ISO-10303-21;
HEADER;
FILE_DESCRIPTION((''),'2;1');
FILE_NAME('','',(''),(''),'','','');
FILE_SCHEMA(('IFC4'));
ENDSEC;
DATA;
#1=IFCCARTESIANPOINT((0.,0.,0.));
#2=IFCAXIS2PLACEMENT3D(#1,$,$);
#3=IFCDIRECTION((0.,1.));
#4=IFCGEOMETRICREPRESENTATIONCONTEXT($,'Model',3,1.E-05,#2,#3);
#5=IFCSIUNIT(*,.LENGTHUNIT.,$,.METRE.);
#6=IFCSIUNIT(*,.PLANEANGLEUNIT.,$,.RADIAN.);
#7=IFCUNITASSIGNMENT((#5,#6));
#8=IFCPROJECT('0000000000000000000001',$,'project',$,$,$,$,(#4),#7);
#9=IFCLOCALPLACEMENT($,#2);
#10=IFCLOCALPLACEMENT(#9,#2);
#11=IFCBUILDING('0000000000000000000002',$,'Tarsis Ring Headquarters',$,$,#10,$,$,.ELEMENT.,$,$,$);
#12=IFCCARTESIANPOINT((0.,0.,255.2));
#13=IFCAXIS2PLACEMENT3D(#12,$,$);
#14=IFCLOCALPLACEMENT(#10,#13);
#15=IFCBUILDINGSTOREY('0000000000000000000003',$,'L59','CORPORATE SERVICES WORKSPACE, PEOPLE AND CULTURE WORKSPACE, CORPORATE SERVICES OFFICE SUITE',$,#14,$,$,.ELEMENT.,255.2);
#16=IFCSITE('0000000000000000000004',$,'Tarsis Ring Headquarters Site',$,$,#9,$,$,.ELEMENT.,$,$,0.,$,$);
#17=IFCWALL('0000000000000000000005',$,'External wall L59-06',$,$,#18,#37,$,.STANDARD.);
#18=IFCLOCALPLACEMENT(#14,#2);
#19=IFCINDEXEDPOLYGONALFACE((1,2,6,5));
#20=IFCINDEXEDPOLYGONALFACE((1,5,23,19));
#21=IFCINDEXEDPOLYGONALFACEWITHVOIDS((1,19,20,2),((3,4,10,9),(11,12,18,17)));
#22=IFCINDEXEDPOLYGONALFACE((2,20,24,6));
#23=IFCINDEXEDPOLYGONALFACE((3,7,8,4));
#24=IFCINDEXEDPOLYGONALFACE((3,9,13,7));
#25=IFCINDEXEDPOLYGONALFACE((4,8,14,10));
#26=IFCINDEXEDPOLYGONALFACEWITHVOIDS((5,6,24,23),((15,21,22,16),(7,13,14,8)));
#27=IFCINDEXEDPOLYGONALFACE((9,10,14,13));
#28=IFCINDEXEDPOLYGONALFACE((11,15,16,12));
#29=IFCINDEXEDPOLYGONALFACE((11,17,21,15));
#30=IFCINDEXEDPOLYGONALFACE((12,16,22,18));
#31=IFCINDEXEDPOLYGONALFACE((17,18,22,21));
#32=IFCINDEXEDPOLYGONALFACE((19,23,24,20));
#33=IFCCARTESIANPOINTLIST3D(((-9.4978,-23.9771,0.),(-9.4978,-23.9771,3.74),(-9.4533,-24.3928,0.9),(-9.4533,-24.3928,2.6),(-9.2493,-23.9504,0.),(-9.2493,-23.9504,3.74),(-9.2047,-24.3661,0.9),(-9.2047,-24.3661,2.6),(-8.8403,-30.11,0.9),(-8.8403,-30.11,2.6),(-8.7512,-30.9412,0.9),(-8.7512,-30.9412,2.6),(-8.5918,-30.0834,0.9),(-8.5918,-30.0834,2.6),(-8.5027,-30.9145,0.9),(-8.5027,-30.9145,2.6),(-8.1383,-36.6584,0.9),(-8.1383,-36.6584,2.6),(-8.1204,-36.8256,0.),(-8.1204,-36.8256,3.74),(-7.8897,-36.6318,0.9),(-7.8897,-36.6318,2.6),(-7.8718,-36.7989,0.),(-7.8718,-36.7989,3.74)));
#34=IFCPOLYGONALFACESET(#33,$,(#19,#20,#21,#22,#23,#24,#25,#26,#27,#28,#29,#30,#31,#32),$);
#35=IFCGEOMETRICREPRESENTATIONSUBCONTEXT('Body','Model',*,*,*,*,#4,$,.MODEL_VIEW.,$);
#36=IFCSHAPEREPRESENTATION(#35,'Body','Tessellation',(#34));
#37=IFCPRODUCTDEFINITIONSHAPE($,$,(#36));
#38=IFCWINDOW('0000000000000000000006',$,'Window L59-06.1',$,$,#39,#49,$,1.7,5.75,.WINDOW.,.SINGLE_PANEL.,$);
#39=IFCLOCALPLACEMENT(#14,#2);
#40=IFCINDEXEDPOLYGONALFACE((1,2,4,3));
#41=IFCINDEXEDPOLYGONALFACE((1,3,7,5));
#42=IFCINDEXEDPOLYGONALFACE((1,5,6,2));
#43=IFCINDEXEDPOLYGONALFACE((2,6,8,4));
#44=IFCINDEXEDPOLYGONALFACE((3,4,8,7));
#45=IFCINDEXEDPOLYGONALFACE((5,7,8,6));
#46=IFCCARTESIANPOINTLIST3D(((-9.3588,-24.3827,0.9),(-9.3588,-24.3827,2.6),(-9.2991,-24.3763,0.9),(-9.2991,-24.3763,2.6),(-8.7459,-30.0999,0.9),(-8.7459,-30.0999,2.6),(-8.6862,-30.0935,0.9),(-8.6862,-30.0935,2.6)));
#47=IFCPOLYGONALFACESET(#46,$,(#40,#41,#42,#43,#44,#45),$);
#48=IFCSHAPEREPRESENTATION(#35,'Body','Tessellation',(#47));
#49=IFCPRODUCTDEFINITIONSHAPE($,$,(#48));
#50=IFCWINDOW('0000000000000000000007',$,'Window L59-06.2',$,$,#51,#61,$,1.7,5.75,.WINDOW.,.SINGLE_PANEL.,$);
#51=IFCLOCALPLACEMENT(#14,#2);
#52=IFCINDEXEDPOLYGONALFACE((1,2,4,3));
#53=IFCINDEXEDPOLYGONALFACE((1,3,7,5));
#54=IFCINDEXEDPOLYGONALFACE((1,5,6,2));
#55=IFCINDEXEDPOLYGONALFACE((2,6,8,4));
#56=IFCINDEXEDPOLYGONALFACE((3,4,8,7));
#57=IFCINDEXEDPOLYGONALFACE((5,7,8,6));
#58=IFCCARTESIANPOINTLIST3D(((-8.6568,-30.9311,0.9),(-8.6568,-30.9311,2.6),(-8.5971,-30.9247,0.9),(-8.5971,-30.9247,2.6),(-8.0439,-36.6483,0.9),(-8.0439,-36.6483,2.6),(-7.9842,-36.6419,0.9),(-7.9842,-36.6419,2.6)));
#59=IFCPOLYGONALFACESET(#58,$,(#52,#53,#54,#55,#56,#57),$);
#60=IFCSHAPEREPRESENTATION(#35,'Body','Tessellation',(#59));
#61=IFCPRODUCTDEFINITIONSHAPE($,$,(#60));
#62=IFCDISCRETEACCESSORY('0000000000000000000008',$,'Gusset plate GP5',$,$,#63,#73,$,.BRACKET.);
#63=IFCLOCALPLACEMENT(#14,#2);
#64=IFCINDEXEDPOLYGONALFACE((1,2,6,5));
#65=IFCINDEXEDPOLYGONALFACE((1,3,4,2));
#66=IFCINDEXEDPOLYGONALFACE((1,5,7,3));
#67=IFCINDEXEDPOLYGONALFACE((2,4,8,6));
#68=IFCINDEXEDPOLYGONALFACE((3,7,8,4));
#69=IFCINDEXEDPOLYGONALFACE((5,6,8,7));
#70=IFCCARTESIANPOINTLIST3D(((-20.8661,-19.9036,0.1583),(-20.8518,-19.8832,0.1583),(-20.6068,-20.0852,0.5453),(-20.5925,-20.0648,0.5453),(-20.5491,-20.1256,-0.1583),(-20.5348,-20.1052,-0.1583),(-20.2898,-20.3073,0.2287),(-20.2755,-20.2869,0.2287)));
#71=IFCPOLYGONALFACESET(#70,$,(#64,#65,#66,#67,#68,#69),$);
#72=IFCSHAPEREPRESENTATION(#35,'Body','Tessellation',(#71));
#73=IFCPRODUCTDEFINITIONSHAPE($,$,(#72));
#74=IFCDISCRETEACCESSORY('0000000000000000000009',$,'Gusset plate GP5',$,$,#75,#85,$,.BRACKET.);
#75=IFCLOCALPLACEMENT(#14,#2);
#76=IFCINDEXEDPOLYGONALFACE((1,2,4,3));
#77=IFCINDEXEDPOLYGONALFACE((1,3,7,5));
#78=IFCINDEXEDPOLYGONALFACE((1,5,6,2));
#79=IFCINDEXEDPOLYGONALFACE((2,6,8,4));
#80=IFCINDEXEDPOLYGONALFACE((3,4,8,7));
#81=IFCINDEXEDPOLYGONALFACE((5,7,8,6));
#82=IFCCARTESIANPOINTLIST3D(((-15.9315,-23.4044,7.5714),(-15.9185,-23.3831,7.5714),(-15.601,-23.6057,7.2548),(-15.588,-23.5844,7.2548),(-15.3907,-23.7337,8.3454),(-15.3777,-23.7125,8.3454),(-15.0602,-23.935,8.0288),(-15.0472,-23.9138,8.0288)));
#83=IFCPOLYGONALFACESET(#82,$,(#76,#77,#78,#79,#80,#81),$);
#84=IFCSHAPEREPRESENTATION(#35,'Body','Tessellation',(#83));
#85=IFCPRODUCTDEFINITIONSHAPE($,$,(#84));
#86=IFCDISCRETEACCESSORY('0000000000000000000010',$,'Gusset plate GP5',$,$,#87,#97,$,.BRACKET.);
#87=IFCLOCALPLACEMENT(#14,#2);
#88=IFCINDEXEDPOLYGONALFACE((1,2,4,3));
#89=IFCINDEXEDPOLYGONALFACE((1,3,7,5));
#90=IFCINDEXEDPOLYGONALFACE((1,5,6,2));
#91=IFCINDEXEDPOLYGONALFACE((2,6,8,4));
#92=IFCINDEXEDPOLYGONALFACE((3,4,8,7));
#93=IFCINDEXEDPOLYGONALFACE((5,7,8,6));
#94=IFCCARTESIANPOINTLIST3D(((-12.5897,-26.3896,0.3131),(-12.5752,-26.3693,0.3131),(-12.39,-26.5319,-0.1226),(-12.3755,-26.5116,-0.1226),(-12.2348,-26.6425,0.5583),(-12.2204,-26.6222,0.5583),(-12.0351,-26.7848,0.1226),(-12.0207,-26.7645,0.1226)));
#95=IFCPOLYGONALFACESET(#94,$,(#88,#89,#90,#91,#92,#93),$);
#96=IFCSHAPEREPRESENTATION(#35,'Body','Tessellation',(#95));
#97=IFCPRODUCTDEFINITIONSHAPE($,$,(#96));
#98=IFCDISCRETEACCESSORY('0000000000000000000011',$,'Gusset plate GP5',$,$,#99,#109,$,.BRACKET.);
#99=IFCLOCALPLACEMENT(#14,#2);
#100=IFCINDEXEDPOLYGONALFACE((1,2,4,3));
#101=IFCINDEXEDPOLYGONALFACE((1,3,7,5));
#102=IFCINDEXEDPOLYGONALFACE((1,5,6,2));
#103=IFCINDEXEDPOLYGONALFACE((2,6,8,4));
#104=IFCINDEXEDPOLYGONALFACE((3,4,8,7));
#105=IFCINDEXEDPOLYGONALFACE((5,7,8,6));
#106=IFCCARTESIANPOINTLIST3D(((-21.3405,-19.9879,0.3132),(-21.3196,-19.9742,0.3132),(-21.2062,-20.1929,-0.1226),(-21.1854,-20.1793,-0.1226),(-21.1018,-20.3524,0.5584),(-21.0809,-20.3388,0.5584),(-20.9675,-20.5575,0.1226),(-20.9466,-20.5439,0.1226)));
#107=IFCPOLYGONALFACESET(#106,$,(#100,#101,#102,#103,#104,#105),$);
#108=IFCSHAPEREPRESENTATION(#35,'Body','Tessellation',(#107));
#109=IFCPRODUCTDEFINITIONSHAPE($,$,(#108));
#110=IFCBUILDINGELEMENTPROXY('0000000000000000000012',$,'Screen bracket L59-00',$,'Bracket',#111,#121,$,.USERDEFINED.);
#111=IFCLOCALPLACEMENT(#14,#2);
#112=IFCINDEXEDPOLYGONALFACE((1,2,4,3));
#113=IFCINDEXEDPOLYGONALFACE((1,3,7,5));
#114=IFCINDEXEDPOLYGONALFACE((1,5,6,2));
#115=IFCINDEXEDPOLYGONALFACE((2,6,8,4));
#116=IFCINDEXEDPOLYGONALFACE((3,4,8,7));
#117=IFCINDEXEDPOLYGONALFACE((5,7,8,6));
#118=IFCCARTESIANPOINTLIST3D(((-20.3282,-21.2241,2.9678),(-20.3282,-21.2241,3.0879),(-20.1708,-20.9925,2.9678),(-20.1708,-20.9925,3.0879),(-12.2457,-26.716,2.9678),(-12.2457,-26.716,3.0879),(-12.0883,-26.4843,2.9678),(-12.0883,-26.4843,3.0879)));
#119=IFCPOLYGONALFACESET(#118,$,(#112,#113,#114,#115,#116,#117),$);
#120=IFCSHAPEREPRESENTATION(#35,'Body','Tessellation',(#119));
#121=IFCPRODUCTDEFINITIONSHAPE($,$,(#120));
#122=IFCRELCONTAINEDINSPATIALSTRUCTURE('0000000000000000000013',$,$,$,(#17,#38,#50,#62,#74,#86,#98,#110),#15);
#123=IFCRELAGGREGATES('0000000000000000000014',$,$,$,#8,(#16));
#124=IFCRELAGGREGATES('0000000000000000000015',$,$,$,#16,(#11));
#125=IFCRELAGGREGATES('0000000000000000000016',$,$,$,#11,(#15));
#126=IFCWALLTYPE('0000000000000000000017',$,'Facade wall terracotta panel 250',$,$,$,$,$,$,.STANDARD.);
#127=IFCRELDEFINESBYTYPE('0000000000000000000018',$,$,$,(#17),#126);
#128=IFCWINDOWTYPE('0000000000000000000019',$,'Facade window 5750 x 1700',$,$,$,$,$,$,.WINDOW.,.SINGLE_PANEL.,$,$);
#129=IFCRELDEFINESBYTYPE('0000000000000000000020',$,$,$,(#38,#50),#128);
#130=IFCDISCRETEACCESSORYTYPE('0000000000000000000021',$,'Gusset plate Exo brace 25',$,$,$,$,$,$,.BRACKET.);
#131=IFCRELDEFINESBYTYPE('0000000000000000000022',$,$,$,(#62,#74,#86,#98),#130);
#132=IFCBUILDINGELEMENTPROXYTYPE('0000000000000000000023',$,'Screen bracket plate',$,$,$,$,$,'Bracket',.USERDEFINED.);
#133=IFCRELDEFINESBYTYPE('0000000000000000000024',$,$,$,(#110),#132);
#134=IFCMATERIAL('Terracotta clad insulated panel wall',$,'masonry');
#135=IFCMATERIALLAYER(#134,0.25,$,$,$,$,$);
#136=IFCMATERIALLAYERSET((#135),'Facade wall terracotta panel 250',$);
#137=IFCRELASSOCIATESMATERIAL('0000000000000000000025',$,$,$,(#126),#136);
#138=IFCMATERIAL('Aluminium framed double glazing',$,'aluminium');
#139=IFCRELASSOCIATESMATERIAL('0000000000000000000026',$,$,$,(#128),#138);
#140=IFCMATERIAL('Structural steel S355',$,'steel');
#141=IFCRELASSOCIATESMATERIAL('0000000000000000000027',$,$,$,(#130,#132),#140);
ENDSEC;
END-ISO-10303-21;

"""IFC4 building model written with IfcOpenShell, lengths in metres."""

from ifc_helpers import new_model, si_unit, direction, frame, frame_2d, origin, origin_2d, place, context, subcontext, project, spatial, rectangle, extrude, material, layer, layer_set, material_profile, profile_set, type_object, element, fill, save


model = new_model("IFC4")

# Units and contexts
model_context = context("Model", 3, precision=1e-05, world=origin(), true_north=direction((0.0, 1.0)))
body_context = subcontext(model_context, "Body", "Model", "MODEL_VIEW")
ifc_project = project(units=[si_unit("LENGTHUNIT", "METRE"), si_unit("PLANEANGLEUNIT", "RADIAN")], contexts=[model_context])

# Site, building, storey
site_placement = place(None, origin())
site = spatial("IfcSite", under=ifc_project, at=site_placement, Name="Tarsis Ring Headquarters Site", CompositionType="ELEMENT", RefElevation=0.0)
building_placement = place(site_placement, origin())
building = spatial("IfcBuilding", under=site, at=building_placement, Name="Tarsis Ring Headquarters", CompositionType="ELEMENT")
storey_placement = place(building_placement, frame((0.0, 0.0, 255.2)))
storey = spatial("IfcBuildingStorey", under=building, at=storey_placement, Name="L59", Description="CORPORATE SERVICES WORKSPACE, PEOPLE AND CULTURE WORKSPACE, CORPORATE SERVICES OFFICE SUITE", CompositionType="ELEMENT", Elevation=255.2)

# Shared definitions
ifc_material_1 = material(Name="Structural steel S355", Category="steel")

# Shared definitions
ifc_material_2 = material(Name="Terracotta clad insulated panel wall", Category="masonry")
ifc_layer_1 = layer(ifc_material_2, 0.25)
ifc_layer_set_1 = layer_set([ifc_layer_1], Name="Facade wall terracotta panel 250")
wall_type_1 = type_object("IfcWallType", Name="Facade wall terracotta panel 250", PredefinedType="STANDARD", material=ifc_layer_set_1)
ifc_material_3 = material(Name="Aluminium framed double glazing", Category="aluminium")

# Wall, openings, windows
wall_1_placement = place(storey_placement, frame((-9.3735, -23.9639, 0.0), z_axis=(0.0, 0.0, 1.0), x_axis=(0.106596, -0.994302, 0.0)))
wall_1 = element("IfcWall", 1, at=wall_1_placement, inside=storey, type_object=wall_type_1, Name="External wall L59-06", PredefinedType="STANDARD", context=body_context, shape_type="SweptSolid", body=[
    extrude(rectangle(XDim=12.9221, YDim=0.25, at=frame_2d((6.4609, 0.0))), origin(), (0.0, 0.0, 1.0), 3.74),
])
opening_1_placement = place(wall_1_placement, frame((0.418, 0.0, 0.8999)))
opening_1 = element("IfcOpeningElement", 2, at=opening_1_placement, cuts=wall_1, PredefinedType="OPENING", context=body_context, shape_type="SweptSolid", body=[
    extrude(rectangle(XDim=5.75, YDim=1.7, at=frame_2d((2.875, 0.8501))), frame((0.0, 0.135, 0.0), z_axis=(0.0, -1.0, 0.0), x_axis=(1.0, 0.0, 0.0)), (0.0, 0.0, 1.0), 0.27),
])
opening_2_placement = place(wall_1_placement, frame((7.0039, 0.0, 0.8999)))
opening_2 = element("IfcOpeningElement", 3, at=opening_2_placement, cuts=wall_1, PredefinedType="OPENING", context=body_context, shape_type="SweptSolid", body=[
    extrude(rectangle(XDim=5.75, YDim=1.7, at=frame_2d((2.875, 0.8501))), frame((0.0, 0.135, 0.0), z_axis=(0.0, -1.0, 0.0), x_axis=(1.0, 0.0, 0.0)), (0.0, 0.0, 1.0), 0.27),
])
window_type_1 = type_object("IfcWindowType", Name="Facade window 5750 x 1700", PartitioningType="SINGLE_PANEL", PredefinedType="WINDOW", material=ifc_material_3)
window_1_placement = place(opening_1_placement, origin())
window_1 = element("IfcWindow", 4, at=window_1_placement, inside=storey, type_object=window_type_1, Name="Window L59-06.1", OverallHeight=1.7, OverallWidth=5.75, PartitioningType="SINGLE_PANEL", PredefinedType="WINDOW", context=body_context, shape_type="SweptSolid", body=[
    extrude(rectangle(XDim=5.75, YDim=1.7, at=frame_2d((2.875, 0.8501))), frame((0.0, 0.03, 0.0), z_axis=(0.0, -1.0, 0.0), x_axis=(1.0, 0.0, 0.0)), (0.0, 0.0, 1.0), 0.0601),
])
fill(opening_1, window_1)
window_2_placement = place(opening_2_placement, origin())
window_2 = element("IfcWindow", 5, at=window_2_placement, inside=storey, type_object=window_type_1, Name="Window L59-06.2", OverallHeight=1.7, OverallWidth=5.75, PartitioningType="SINGLE_PANEL", PredefinedType="WINDOW", context=body_context, shape_type="SweptSolid", body=[
    extrude(rectangle(XDim=5.75, YDim=1.7, at=frame_2d((2.875, 0.8501))), frame((0.0, 0.03, 0.0), z_axis=(0.0, -1.0, 0.0), x_axis=(1.0, 0.0, 0.0)), (0.0, 0.0, 1.0), 0.0601),
])
fill(opening_2, window_2)

# Discrete accessories
ifc_material_profile_1 = material_profile(ifc_material_1, rectangle(XDim=0.0249, YDim=0.5, at=origin_2d()), Name="PL 25x500")
ifc_profile_set_1 = profile_set([ifc_material_profile_1], Name="Structural steel S355")
discrete_accessory_type = type_object("IfcDiscreteAccessoryType", Name="Gusset plate Exo brace 25", PredefinedType="BRACKET", material=ifc_profile_set_1)
discrete_accessory_1_placement = place(storey_placement, frame((-20.7004, -20.0044, 0.0), z_axis=(0.518598, -0.363312, 0.77399), x_axis=(0.573773, 0.819014, 0.0)))
element("IfcDiscreteAccessory", 6, at=discrete_accessory_1_placement, inside=storey, type_object=discrete_accessory_type, Name="Gusset plate GP5", PredefinedType="BRACKET", context=body_context, shape_type="SweptSolid", body=[
    extrude(rectangle(XDim=0.0249, YDim=0.5, at=origin_2d()), origin(), (0.0, 0.0, 1.0), 0.5),
])
discrete_accessory_2_placement = place(storey_placement, frame((-15.7598, -23.4944, 7.4131), z_axis=(0.540808, -0.329368, 0.773979), x_axis=(0.520155, 0.854072, 0.0)))
element("IfcDiscreteAccessory", 7, at=discrete_accessory_2_placement, inside=storey, type_object=discrete_accessory_type, Name="Gusset plate GP5", PredefinedType="BRACKET", context=body_context, shape_type="SweptSolid", body=[
    extrude(rectangle(XDim=0.0249, YDim=0.5, at=origin_2d()), origin(), (0.0, 0.0, 1.0), 1.0),
])
for number, where, z_axis, x_axis, name in (
    (8, (-12.2053, -26.6482, 0.0), (-0.39937, 0.284636, 0.871485), (-0.58039, -0.814338, 0.0), "Gusset plate GP5"),
    (9, (-21.0764, -20.3684, 0.0), (-0.268554, 0.410155, 0.87158), (-0.836619, -0.547786, 0.0), "Gusset plate GP5"),
):
    element("IfcDiscreteAccessory", number, at=place(storey_placement, frame(where, z_axis=z_axis, x_axis=x_axis)), inside=storey, type_object=discrete_accessory_type, Name=name, PredefinedType="BRACKET", context=body_context, shape_type="SweptSolid", body=[
        extrude(rectangle(XDim=0.0249, YDim=0.5, at=origin_2d()), origin(), (0.0, 0.0, 1.0), 0.5),
    ])

# Building element proxy
building_element_proxy_type = type_object("IfcBuildingElementProxyType", Name="Screen bracket plate", ElementType="Bracket", PredefinedType="USERDEFINED", material=ifc_material_1)
proxy_placement = place(storey_placement, frame((-16.2083, -23.8542, 2.9678), z_axis=(0.0, 0.0, 1.0), x_axis=(0.827129, -0.562011, 0.0)))
element("IfcBuildingElementProxy", 10, at=proxy_placement, inside=storey, type_object=building_element_proxy_type, Name="Screen bracket L59-00", ObjectType="Bracket", PredefinedType="USERDEFINED", context=body_context, shape_type="SweptSolid", body=[
    extrude(rectangle(XDim=9.7717, YDim=0.28, at=origin_2d()), origin(), (0.0, 0.0, 1.0), 0.1201),
])

save(model, "model.ifc")
